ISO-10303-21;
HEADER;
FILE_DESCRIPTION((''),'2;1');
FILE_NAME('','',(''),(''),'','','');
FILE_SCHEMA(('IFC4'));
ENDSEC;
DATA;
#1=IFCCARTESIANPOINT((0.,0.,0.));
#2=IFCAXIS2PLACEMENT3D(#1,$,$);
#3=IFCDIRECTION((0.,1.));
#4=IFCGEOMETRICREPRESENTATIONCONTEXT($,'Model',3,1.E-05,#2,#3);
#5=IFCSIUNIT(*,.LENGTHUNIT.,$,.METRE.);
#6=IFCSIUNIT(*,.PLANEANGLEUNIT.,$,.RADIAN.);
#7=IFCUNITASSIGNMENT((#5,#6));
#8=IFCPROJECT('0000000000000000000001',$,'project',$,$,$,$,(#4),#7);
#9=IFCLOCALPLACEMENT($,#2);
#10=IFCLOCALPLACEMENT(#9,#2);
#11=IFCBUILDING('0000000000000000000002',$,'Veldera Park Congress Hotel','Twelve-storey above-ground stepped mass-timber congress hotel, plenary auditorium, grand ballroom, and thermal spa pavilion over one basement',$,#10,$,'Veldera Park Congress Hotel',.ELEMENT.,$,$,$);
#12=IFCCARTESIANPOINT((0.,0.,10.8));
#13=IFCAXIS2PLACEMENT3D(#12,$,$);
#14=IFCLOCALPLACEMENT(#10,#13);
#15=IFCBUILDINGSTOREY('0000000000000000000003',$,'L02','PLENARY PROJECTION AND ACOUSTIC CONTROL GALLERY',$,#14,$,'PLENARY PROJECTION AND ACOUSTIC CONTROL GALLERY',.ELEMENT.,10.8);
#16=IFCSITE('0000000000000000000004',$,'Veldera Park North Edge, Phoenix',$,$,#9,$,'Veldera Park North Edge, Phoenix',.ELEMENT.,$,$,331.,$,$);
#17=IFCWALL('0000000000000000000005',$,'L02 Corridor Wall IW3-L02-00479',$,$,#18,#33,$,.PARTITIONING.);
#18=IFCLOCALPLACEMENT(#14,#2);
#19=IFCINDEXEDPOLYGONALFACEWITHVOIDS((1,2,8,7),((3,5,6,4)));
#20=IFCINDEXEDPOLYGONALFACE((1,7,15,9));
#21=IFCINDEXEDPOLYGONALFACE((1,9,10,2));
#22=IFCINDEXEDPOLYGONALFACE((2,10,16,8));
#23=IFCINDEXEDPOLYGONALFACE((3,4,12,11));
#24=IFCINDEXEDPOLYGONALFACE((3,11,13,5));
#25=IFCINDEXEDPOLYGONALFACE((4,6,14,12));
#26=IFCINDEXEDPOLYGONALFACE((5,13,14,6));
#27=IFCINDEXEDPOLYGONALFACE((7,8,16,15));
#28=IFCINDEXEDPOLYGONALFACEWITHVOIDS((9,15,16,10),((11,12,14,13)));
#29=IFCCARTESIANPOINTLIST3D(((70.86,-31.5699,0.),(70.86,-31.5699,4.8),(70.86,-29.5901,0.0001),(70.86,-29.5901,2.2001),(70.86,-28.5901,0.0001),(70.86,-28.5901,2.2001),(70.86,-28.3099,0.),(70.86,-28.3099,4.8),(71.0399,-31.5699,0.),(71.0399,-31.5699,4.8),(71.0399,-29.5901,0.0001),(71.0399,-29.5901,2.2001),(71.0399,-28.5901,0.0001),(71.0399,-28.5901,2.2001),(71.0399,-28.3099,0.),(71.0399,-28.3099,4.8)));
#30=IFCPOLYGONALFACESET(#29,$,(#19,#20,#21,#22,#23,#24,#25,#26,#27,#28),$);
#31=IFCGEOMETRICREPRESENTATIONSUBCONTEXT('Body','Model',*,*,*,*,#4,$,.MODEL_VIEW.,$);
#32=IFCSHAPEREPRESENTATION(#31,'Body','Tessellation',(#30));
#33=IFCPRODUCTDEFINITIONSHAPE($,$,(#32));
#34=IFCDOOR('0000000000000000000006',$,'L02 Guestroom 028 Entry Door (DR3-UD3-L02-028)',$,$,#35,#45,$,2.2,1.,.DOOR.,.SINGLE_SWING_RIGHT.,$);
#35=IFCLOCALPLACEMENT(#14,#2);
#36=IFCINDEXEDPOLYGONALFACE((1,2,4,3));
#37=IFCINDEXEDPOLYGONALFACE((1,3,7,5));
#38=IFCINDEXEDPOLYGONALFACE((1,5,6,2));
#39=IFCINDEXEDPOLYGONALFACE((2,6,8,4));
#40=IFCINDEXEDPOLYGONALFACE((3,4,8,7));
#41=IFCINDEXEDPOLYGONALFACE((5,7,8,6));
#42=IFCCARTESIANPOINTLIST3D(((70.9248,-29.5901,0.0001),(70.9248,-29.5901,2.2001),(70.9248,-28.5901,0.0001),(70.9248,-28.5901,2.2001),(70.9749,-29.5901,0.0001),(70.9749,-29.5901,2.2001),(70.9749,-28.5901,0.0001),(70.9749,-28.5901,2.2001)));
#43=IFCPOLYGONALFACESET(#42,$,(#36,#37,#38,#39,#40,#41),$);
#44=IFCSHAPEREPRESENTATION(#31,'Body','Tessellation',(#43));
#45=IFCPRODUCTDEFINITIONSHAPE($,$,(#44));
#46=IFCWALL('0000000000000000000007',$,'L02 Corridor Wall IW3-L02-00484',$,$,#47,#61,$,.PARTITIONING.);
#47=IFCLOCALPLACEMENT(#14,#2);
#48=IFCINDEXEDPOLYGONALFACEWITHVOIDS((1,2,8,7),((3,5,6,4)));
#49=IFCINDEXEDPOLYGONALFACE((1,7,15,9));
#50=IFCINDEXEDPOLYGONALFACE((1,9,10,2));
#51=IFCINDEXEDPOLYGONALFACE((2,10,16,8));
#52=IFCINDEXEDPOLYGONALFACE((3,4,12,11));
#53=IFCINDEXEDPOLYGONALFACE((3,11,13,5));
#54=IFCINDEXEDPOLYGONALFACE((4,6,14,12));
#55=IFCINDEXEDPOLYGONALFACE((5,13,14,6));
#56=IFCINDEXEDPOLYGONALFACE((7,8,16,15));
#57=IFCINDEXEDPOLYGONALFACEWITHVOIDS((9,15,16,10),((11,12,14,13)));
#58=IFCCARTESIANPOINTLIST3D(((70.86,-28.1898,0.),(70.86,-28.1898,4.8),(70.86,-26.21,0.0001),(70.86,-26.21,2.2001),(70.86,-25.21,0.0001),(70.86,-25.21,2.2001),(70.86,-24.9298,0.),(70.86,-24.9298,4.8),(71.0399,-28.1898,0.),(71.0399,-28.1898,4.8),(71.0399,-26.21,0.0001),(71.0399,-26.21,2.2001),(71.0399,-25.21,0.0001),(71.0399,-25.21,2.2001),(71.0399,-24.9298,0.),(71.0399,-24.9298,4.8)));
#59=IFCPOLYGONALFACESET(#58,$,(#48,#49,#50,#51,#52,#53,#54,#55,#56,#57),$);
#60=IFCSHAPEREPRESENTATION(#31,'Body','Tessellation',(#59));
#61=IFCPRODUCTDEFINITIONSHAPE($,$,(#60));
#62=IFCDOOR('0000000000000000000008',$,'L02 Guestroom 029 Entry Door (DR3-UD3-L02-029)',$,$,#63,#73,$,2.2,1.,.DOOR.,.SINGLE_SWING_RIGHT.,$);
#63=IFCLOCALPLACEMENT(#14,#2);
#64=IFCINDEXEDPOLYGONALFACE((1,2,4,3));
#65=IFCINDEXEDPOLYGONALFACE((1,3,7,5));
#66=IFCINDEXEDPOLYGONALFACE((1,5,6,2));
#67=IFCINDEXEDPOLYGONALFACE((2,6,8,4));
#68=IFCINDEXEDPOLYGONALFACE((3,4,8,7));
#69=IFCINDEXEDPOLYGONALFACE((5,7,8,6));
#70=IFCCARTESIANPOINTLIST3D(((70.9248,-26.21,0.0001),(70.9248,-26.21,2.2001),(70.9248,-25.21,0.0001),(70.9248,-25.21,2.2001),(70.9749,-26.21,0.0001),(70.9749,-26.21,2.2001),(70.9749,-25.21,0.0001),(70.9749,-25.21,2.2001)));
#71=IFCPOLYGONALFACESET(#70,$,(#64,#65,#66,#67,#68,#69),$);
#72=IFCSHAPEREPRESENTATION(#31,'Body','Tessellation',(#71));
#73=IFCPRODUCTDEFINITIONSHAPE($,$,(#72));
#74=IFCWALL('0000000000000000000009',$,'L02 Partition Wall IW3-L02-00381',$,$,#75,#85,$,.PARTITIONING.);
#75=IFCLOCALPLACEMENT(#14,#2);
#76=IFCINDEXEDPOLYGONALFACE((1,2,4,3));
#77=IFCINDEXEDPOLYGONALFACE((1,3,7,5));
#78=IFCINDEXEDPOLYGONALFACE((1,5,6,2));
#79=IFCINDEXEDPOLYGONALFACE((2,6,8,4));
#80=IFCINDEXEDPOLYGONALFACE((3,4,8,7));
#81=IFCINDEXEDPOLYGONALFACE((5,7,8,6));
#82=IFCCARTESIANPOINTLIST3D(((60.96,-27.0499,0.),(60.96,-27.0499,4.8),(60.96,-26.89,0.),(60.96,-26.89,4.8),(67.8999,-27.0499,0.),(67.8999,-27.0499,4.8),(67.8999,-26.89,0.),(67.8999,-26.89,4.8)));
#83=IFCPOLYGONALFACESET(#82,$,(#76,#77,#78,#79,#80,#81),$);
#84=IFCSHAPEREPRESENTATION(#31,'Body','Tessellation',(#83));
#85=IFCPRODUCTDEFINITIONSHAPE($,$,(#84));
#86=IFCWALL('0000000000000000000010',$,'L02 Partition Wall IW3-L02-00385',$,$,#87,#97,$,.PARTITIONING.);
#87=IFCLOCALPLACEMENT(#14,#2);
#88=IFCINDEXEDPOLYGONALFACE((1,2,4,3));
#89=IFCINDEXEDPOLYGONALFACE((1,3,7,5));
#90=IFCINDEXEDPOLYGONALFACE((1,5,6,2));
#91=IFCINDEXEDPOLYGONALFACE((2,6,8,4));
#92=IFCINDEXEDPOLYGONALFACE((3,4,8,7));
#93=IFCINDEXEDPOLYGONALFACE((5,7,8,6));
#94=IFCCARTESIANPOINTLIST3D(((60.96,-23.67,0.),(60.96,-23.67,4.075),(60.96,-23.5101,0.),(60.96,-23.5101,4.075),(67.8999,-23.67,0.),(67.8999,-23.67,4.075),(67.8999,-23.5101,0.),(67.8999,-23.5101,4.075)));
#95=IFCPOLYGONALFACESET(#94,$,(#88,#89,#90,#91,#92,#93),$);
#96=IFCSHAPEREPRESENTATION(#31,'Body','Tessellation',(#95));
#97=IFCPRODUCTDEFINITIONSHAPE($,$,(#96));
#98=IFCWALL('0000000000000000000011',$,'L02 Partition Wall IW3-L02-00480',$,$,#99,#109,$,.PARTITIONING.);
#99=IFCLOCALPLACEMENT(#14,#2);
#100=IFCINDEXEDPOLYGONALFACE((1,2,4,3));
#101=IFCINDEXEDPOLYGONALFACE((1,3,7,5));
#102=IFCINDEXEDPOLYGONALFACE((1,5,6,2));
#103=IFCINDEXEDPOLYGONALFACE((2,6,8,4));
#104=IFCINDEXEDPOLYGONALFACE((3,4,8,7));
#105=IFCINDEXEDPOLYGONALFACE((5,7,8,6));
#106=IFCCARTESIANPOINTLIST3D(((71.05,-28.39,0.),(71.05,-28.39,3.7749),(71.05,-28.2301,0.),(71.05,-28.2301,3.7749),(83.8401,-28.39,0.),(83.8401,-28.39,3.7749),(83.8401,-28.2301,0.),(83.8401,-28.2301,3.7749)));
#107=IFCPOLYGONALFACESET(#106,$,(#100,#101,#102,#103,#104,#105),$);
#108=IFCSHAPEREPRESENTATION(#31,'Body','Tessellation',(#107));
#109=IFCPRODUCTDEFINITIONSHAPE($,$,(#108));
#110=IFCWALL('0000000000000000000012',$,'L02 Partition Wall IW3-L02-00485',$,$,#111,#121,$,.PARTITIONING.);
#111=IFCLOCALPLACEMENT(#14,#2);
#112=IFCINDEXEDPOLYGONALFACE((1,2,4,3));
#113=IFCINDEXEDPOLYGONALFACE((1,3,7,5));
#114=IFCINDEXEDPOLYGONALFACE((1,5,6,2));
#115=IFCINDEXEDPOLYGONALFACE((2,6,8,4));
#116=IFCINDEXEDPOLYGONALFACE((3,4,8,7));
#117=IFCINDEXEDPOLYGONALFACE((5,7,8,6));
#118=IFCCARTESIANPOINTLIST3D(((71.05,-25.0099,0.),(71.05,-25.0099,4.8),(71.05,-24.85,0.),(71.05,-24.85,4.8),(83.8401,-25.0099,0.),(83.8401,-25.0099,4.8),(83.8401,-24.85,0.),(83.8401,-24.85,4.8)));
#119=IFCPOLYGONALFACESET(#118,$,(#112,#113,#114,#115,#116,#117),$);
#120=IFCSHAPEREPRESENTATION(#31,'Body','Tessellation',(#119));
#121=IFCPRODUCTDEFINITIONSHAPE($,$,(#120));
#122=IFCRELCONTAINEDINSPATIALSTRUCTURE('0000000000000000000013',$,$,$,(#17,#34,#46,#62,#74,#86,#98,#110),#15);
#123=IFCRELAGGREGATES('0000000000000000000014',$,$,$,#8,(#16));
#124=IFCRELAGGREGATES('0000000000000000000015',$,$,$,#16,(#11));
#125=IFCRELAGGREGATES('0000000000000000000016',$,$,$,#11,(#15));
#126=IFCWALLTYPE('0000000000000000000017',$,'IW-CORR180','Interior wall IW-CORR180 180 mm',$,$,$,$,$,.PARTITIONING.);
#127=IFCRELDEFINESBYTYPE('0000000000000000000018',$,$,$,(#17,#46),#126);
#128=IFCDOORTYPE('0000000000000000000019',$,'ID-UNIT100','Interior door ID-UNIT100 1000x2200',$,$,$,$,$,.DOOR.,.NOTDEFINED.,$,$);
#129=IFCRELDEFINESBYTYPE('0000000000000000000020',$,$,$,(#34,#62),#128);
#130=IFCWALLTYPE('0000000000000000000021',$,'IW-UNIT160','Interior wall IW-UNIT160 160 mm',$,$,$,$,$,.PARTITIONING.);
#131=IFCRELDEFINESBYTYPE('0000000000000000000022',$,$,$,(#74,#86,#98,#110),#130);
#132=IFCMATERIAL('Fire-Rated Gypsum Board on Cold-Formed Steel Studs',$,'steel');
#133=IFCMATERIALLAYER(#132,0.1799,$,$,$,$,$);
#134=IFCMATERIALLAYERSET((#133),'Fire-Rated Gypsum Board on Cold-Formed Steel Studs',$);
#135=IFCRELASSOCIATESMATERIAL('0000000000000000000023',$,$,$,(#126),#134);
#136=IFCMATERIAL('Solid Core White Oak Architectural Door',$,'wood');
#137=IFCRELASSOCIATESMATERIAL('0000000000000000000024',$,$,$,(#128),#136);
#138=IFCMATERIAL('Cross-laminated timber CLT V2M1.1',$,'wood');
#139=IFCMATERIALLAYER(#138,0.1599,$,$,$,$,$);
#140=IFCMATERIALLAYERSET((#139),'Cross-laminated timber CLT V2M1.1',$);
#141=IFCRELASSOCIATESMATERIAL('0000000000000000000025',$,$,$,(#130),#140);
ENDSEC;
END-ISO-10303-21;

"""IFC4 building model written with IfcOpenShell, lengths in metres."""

from ifc_helpers import new_model, si_unit, direction, frame, frame_2d, origin, place, context, subcontext, project, spatial, rectangle, extrude, material, layer, layer_set, type_object, element, fill, save


model = new_model("IFC4")

# Units and contexts
model_context = context("Model", 3, precision=1e-05, world=origin(), true_north=direction((0.0, 1.0)))
body_context = subcontext(model_context, "Body", "Model", "MODEL_VIEW")
ifc_project = project(units=[si_unit("LENGTHUNIT", "METRE"), si_unit("PLANEANGLEUNIT", "RADIAN")], contexts=[model_context])

# Site, building, storey
site_placement = place(None, origin())
site = spatial("IfcSite", under=ifc_project, at=site_placement, Name="Veldera Park North Edge, Phoenix", LongName="Veldera Park North Edge, Phoenix", CompositionType="ELEMENT", RefElevation=331.0)
building_placement = place(site_placement, origin())
building = spatial("IfcBuilding", under=site, at=building_placement, Name="Veldera Park Congress Hotel", Description="Twelve-storey above-ground stepped mass-timber congress hotel, plenary auditorium, grand ballroom, and thermal spa pavilion over one basement", LongName="Veldera Park Congress Hotel", CompositionType="ELEMENT")
storey_placement = place(building_placement, frame((0.0, 0.0, 10.8)))
storey = spatial("IfcBuildingStorey", under=building, at=storey_placement, Name="L02", Description="PLENARY PROJECTION AND ACOUSTIC CONTROL GALLERY", LongName="PLENARY PROJECTION AND ACOUSTIC CONTROL GALLERY", CompositionType="ELEMENT", Elevation=10.8)

# Shared definitions
ifc_material_1 = material(Name="Cross-laminated timber CLT V2M1.1", Category="wood")

# Shared definitions
ifc_material_2 = material(Name="Fire-Rated Gypsum Board on Cold-Formed Steel Studs", Category="steel")
ifc_material_3 = material(Name="Solid Core White Oak Architectural Door", Category="wood")

# Walls, openings, doors
ifc_layer_1 = layer(ifc_material_2, 0.1799)
ifc_layer_set_1 = layer_set([ifc_layer_1], Name="Fire-Rated Gypsum Board on Cold-Formed Steel Studs")
wall_type_1 = type_object("IfcWallType", Name="IW-CORR180", Description="Interior wall IW-CORR180 180 mm", PredefinedType="PARTITIONING", material=ifc_layer_set_1)
door_type_1 = type_object("IfcDoorType", Name="ID-UNIT100", Description="Interior door ID-UNIT100 1000x2200", OperationType="NOTDEFINED", PredefinedType="DOOR", material=ifc_material_3)
wall_1_placement = place(storey_placement, frame((70.95, -28.3101, 0.0), z_axis=(0.0, 0.0, 1.0), x_axis=(0.0, -1.0, 0.0)))
wall_1 = element("IfcWall", 1, at=wall_1_placement, inside=storey, type_object=wall_type_1, Name="L02 Corridor Wall IW3-L02-00479", PredefinedType="PARTITIONING", context=body_context, shape_type="SweptSolid", body=[
    extrude(rectangle(XDim=3.26, YDim=0.1799, at=frame_2d((1.6299, 0.0))), origin(), (0.0, 0.0, 1.0), 4.8),
])
opening_1_placement = place(wall_1_placement, frame((0.28, 0.0, 0.0)))
opening_1 = element("IfcOpeningElement", 2, at=opening_1_placement, cuts=wall_1, PredefinedType="OPENING", context=body_context, shape_type="SweptSolid", body=[
    extrude(rectangle(XDim=1.0, YDim=2.2, at=frame_2d((0.5, 1.1001))), frame((0.0, 0.1021, 0.0), z_axis=(0.0, -1.0, 0.0), x_axis=(1.0, 0.0, 0.0)), (0.0, 0.0, 1.0), 0.2039),
])
door_1_placement = place(opening_1_placement, origin())
door_1 = element("IfcDoor", 3, at=door_1_placement, inside=storey, type_object=door_type_1, Name="L02 Guestroom 028 Entry Door (DR3-UD3-L02-028)", OperationType="SINGLE_SWING_RIGHT", OverallHeight=2.2, OverallWidth=1.0, PredefinedType="DOOR", context=body_context, shape_type="SweptSolid", body=[
    extrude(rectangle(XDim=1.0, YDim=2.2, at=frame_2d((0.5, 1.1001))), frame((0.0, 0.0249, 0.0), z_axis=(0.0, -1.0, 0.0), x_axis=(1.0, 0.0, 0.0)), (0.0, 0.0, 1.0), 0.05),
])
fill(opening_1, door_1)
wall_2_placement = place(storey_placement, frame((70.95, -24.9299, 0.0), z_axis=(0.0, 0.0, 1.0), x_axis=(0.0, -1.0, 0.0)))
wall_2 = element("IfcWall", 4, at=wall_2_placement, inside=storey, type_object=wall_type_1, Name="L02 Corridor Wall IW3-L02-00484", PredefinedType="PARTITIONING", context=body_context, shape_type="SweptSolid", body=[
    extrude(rectangle(XDim=3.26, YDim=0.1799, at=frame_2d((1.6299, 0.0))), origin(), (0.0, 0.0, 1.0), 4.8),
])
opening_2_placement = place(wall_2_placement, frame((0.28, 0.0, 0.0)))
opening_2 = element("IfcOpeningElement", 5, at=opening_2_placement, cuts=wall_2, PredefinedType="OPENING", context=body_context, shape_type="SweptSolid", body=[
    extrude(rectangle(XDim=1.0, YDim=2.2, at=frame_2d((0.5, 1.1001))), frame((0.0, 0.1021, 0.0), z_axis=(0.0, -1.0, 0.0), x_axis=(1.0, 0.0, 0.0)), (0.0, 0.0, 1.0), 0.2039),
])
door_2_placement = place(opening_2_placement, origin())
door_2 = element("IfcDoor", 6, at=door_2_placement, inside=storey, type_object=door_type_1, Name="L02 Guestroom 029 Entry Door (DR3-UD3-L02-029)", OperationType="SINGLE_SWING_RIGHT", OverallHeight=2.2, OverallWidth=1.0, PredefinedType="DOOR", context=body_context, shape_type="SweptSolid", body=[
    extrude(rectangle(XDim=1.0, YDim=2.2, at=frame_2d((0.5, 1.1001))), frame((0.0, 0.0249, 0.0), z_axis=(0.0, -1.0, 0.0), x_axis=(1.0, 0.0, 0.0)), (0.0, 0.0, 1.0), 0.05),
])
fill(opening_2, door_2)

# Walls
ifc_layer_2 = layer(ifc_material_1, 0.1599)
ifc_layer_set_2 = layer_set([ifc_layer_2], Name="Cross-laminated timber CLT V2M1.1")
wall_type_2 = type_object("IfcWallType", Name="IW-UNIT160", Description="Interior wall IW-UNIT160 160 mm", PredefinedType="PARTITIONING", material=ifc_layer_set_2)
wall_3_placement = place(storey_placement, frame((60.96, -26.97, 0.0), z_axis=(0.0, 0.0, 1.0), x_axis=(1.0, 0.0, 0.0)))
element("IfcWall", 7, at=wall_3_placement, inside=storey, type_object=wall_type_2, Name="L02 Partition Wall IW3-L02-00381", PredefinedType="PARTITIONING", context=body_context, shape_type="SweptSolid", body=[
    extrude(rectangle(XDim=6.9399, YDim=0.1599, at=frame_2d((3.47, 0.0))), origin(), (0.0, 0.0, 1.0), 4.8),
])
wall_4_placement = place(storey_placement, frame((60.96, -23.5901, 0.0), z_axis=(0.0, 0.0, 1.0), x_axis=(1.0, 0.0, 0.0)))
element("IfcWall", 8, at=wall_4_placement, inside=storey, type_object=wall_type_2, Name="L02 Partition Wall IW3-L02-00385", PredefinedType="PARTITIONING", context=body_context, shape_type="SweptSolid", body=[
    extrude(rectangle(XDim=6.9399, YDim=0.1599, at=frame_2d((3.47, 0.0))), origin(), (0.0, 0.0, 1.0), 4.075),
])
wall_5_placement = place(storey_placement, frame((71.05, -28.3101, 0.0), z_axis=(0.0, 0.0, 1.0), x_axis=(1.0, 0.0, 0.0)))
element("IfcWall", 9, at=wall_5_placement, inside=storey, type_object=wall_type_2, Name="L02 Partition Wall IW3-L02-00480", PredefinedType="PARTITIONING", context=body_context, shape_type="SweptSolid", body=[
    extrude(rectangle(XDim=12.79, YDim=0.1599, at=frame_2d((6.395, 0.0))), origin(), (0.0, 0.0, 1.0), 3.7749),
])
wall_6_placement = place(storey_placement, frame((71.05, -24.9299, 0.0), z_axis=(0.0, 0.0, 1.0), x_axis=(1.0, 0.0, 0.0)))
element("IfcWall", 10, at=wall_6_placement, inside=storey, type_object=wall_type_2, Name="L02 Partition Wall IW3-L02-00485", PredefinedType="PARTITIONING", context=body_context, shape_type="SweptSolid", body=[
    extrude(rectangle(XDim=12.79, YDim=0.1599, at=frame_2d((6.395, 0.0))), origin(), (0.0, 0.0, 1.0), 4.8),
])

save(model, "model.ifc")
